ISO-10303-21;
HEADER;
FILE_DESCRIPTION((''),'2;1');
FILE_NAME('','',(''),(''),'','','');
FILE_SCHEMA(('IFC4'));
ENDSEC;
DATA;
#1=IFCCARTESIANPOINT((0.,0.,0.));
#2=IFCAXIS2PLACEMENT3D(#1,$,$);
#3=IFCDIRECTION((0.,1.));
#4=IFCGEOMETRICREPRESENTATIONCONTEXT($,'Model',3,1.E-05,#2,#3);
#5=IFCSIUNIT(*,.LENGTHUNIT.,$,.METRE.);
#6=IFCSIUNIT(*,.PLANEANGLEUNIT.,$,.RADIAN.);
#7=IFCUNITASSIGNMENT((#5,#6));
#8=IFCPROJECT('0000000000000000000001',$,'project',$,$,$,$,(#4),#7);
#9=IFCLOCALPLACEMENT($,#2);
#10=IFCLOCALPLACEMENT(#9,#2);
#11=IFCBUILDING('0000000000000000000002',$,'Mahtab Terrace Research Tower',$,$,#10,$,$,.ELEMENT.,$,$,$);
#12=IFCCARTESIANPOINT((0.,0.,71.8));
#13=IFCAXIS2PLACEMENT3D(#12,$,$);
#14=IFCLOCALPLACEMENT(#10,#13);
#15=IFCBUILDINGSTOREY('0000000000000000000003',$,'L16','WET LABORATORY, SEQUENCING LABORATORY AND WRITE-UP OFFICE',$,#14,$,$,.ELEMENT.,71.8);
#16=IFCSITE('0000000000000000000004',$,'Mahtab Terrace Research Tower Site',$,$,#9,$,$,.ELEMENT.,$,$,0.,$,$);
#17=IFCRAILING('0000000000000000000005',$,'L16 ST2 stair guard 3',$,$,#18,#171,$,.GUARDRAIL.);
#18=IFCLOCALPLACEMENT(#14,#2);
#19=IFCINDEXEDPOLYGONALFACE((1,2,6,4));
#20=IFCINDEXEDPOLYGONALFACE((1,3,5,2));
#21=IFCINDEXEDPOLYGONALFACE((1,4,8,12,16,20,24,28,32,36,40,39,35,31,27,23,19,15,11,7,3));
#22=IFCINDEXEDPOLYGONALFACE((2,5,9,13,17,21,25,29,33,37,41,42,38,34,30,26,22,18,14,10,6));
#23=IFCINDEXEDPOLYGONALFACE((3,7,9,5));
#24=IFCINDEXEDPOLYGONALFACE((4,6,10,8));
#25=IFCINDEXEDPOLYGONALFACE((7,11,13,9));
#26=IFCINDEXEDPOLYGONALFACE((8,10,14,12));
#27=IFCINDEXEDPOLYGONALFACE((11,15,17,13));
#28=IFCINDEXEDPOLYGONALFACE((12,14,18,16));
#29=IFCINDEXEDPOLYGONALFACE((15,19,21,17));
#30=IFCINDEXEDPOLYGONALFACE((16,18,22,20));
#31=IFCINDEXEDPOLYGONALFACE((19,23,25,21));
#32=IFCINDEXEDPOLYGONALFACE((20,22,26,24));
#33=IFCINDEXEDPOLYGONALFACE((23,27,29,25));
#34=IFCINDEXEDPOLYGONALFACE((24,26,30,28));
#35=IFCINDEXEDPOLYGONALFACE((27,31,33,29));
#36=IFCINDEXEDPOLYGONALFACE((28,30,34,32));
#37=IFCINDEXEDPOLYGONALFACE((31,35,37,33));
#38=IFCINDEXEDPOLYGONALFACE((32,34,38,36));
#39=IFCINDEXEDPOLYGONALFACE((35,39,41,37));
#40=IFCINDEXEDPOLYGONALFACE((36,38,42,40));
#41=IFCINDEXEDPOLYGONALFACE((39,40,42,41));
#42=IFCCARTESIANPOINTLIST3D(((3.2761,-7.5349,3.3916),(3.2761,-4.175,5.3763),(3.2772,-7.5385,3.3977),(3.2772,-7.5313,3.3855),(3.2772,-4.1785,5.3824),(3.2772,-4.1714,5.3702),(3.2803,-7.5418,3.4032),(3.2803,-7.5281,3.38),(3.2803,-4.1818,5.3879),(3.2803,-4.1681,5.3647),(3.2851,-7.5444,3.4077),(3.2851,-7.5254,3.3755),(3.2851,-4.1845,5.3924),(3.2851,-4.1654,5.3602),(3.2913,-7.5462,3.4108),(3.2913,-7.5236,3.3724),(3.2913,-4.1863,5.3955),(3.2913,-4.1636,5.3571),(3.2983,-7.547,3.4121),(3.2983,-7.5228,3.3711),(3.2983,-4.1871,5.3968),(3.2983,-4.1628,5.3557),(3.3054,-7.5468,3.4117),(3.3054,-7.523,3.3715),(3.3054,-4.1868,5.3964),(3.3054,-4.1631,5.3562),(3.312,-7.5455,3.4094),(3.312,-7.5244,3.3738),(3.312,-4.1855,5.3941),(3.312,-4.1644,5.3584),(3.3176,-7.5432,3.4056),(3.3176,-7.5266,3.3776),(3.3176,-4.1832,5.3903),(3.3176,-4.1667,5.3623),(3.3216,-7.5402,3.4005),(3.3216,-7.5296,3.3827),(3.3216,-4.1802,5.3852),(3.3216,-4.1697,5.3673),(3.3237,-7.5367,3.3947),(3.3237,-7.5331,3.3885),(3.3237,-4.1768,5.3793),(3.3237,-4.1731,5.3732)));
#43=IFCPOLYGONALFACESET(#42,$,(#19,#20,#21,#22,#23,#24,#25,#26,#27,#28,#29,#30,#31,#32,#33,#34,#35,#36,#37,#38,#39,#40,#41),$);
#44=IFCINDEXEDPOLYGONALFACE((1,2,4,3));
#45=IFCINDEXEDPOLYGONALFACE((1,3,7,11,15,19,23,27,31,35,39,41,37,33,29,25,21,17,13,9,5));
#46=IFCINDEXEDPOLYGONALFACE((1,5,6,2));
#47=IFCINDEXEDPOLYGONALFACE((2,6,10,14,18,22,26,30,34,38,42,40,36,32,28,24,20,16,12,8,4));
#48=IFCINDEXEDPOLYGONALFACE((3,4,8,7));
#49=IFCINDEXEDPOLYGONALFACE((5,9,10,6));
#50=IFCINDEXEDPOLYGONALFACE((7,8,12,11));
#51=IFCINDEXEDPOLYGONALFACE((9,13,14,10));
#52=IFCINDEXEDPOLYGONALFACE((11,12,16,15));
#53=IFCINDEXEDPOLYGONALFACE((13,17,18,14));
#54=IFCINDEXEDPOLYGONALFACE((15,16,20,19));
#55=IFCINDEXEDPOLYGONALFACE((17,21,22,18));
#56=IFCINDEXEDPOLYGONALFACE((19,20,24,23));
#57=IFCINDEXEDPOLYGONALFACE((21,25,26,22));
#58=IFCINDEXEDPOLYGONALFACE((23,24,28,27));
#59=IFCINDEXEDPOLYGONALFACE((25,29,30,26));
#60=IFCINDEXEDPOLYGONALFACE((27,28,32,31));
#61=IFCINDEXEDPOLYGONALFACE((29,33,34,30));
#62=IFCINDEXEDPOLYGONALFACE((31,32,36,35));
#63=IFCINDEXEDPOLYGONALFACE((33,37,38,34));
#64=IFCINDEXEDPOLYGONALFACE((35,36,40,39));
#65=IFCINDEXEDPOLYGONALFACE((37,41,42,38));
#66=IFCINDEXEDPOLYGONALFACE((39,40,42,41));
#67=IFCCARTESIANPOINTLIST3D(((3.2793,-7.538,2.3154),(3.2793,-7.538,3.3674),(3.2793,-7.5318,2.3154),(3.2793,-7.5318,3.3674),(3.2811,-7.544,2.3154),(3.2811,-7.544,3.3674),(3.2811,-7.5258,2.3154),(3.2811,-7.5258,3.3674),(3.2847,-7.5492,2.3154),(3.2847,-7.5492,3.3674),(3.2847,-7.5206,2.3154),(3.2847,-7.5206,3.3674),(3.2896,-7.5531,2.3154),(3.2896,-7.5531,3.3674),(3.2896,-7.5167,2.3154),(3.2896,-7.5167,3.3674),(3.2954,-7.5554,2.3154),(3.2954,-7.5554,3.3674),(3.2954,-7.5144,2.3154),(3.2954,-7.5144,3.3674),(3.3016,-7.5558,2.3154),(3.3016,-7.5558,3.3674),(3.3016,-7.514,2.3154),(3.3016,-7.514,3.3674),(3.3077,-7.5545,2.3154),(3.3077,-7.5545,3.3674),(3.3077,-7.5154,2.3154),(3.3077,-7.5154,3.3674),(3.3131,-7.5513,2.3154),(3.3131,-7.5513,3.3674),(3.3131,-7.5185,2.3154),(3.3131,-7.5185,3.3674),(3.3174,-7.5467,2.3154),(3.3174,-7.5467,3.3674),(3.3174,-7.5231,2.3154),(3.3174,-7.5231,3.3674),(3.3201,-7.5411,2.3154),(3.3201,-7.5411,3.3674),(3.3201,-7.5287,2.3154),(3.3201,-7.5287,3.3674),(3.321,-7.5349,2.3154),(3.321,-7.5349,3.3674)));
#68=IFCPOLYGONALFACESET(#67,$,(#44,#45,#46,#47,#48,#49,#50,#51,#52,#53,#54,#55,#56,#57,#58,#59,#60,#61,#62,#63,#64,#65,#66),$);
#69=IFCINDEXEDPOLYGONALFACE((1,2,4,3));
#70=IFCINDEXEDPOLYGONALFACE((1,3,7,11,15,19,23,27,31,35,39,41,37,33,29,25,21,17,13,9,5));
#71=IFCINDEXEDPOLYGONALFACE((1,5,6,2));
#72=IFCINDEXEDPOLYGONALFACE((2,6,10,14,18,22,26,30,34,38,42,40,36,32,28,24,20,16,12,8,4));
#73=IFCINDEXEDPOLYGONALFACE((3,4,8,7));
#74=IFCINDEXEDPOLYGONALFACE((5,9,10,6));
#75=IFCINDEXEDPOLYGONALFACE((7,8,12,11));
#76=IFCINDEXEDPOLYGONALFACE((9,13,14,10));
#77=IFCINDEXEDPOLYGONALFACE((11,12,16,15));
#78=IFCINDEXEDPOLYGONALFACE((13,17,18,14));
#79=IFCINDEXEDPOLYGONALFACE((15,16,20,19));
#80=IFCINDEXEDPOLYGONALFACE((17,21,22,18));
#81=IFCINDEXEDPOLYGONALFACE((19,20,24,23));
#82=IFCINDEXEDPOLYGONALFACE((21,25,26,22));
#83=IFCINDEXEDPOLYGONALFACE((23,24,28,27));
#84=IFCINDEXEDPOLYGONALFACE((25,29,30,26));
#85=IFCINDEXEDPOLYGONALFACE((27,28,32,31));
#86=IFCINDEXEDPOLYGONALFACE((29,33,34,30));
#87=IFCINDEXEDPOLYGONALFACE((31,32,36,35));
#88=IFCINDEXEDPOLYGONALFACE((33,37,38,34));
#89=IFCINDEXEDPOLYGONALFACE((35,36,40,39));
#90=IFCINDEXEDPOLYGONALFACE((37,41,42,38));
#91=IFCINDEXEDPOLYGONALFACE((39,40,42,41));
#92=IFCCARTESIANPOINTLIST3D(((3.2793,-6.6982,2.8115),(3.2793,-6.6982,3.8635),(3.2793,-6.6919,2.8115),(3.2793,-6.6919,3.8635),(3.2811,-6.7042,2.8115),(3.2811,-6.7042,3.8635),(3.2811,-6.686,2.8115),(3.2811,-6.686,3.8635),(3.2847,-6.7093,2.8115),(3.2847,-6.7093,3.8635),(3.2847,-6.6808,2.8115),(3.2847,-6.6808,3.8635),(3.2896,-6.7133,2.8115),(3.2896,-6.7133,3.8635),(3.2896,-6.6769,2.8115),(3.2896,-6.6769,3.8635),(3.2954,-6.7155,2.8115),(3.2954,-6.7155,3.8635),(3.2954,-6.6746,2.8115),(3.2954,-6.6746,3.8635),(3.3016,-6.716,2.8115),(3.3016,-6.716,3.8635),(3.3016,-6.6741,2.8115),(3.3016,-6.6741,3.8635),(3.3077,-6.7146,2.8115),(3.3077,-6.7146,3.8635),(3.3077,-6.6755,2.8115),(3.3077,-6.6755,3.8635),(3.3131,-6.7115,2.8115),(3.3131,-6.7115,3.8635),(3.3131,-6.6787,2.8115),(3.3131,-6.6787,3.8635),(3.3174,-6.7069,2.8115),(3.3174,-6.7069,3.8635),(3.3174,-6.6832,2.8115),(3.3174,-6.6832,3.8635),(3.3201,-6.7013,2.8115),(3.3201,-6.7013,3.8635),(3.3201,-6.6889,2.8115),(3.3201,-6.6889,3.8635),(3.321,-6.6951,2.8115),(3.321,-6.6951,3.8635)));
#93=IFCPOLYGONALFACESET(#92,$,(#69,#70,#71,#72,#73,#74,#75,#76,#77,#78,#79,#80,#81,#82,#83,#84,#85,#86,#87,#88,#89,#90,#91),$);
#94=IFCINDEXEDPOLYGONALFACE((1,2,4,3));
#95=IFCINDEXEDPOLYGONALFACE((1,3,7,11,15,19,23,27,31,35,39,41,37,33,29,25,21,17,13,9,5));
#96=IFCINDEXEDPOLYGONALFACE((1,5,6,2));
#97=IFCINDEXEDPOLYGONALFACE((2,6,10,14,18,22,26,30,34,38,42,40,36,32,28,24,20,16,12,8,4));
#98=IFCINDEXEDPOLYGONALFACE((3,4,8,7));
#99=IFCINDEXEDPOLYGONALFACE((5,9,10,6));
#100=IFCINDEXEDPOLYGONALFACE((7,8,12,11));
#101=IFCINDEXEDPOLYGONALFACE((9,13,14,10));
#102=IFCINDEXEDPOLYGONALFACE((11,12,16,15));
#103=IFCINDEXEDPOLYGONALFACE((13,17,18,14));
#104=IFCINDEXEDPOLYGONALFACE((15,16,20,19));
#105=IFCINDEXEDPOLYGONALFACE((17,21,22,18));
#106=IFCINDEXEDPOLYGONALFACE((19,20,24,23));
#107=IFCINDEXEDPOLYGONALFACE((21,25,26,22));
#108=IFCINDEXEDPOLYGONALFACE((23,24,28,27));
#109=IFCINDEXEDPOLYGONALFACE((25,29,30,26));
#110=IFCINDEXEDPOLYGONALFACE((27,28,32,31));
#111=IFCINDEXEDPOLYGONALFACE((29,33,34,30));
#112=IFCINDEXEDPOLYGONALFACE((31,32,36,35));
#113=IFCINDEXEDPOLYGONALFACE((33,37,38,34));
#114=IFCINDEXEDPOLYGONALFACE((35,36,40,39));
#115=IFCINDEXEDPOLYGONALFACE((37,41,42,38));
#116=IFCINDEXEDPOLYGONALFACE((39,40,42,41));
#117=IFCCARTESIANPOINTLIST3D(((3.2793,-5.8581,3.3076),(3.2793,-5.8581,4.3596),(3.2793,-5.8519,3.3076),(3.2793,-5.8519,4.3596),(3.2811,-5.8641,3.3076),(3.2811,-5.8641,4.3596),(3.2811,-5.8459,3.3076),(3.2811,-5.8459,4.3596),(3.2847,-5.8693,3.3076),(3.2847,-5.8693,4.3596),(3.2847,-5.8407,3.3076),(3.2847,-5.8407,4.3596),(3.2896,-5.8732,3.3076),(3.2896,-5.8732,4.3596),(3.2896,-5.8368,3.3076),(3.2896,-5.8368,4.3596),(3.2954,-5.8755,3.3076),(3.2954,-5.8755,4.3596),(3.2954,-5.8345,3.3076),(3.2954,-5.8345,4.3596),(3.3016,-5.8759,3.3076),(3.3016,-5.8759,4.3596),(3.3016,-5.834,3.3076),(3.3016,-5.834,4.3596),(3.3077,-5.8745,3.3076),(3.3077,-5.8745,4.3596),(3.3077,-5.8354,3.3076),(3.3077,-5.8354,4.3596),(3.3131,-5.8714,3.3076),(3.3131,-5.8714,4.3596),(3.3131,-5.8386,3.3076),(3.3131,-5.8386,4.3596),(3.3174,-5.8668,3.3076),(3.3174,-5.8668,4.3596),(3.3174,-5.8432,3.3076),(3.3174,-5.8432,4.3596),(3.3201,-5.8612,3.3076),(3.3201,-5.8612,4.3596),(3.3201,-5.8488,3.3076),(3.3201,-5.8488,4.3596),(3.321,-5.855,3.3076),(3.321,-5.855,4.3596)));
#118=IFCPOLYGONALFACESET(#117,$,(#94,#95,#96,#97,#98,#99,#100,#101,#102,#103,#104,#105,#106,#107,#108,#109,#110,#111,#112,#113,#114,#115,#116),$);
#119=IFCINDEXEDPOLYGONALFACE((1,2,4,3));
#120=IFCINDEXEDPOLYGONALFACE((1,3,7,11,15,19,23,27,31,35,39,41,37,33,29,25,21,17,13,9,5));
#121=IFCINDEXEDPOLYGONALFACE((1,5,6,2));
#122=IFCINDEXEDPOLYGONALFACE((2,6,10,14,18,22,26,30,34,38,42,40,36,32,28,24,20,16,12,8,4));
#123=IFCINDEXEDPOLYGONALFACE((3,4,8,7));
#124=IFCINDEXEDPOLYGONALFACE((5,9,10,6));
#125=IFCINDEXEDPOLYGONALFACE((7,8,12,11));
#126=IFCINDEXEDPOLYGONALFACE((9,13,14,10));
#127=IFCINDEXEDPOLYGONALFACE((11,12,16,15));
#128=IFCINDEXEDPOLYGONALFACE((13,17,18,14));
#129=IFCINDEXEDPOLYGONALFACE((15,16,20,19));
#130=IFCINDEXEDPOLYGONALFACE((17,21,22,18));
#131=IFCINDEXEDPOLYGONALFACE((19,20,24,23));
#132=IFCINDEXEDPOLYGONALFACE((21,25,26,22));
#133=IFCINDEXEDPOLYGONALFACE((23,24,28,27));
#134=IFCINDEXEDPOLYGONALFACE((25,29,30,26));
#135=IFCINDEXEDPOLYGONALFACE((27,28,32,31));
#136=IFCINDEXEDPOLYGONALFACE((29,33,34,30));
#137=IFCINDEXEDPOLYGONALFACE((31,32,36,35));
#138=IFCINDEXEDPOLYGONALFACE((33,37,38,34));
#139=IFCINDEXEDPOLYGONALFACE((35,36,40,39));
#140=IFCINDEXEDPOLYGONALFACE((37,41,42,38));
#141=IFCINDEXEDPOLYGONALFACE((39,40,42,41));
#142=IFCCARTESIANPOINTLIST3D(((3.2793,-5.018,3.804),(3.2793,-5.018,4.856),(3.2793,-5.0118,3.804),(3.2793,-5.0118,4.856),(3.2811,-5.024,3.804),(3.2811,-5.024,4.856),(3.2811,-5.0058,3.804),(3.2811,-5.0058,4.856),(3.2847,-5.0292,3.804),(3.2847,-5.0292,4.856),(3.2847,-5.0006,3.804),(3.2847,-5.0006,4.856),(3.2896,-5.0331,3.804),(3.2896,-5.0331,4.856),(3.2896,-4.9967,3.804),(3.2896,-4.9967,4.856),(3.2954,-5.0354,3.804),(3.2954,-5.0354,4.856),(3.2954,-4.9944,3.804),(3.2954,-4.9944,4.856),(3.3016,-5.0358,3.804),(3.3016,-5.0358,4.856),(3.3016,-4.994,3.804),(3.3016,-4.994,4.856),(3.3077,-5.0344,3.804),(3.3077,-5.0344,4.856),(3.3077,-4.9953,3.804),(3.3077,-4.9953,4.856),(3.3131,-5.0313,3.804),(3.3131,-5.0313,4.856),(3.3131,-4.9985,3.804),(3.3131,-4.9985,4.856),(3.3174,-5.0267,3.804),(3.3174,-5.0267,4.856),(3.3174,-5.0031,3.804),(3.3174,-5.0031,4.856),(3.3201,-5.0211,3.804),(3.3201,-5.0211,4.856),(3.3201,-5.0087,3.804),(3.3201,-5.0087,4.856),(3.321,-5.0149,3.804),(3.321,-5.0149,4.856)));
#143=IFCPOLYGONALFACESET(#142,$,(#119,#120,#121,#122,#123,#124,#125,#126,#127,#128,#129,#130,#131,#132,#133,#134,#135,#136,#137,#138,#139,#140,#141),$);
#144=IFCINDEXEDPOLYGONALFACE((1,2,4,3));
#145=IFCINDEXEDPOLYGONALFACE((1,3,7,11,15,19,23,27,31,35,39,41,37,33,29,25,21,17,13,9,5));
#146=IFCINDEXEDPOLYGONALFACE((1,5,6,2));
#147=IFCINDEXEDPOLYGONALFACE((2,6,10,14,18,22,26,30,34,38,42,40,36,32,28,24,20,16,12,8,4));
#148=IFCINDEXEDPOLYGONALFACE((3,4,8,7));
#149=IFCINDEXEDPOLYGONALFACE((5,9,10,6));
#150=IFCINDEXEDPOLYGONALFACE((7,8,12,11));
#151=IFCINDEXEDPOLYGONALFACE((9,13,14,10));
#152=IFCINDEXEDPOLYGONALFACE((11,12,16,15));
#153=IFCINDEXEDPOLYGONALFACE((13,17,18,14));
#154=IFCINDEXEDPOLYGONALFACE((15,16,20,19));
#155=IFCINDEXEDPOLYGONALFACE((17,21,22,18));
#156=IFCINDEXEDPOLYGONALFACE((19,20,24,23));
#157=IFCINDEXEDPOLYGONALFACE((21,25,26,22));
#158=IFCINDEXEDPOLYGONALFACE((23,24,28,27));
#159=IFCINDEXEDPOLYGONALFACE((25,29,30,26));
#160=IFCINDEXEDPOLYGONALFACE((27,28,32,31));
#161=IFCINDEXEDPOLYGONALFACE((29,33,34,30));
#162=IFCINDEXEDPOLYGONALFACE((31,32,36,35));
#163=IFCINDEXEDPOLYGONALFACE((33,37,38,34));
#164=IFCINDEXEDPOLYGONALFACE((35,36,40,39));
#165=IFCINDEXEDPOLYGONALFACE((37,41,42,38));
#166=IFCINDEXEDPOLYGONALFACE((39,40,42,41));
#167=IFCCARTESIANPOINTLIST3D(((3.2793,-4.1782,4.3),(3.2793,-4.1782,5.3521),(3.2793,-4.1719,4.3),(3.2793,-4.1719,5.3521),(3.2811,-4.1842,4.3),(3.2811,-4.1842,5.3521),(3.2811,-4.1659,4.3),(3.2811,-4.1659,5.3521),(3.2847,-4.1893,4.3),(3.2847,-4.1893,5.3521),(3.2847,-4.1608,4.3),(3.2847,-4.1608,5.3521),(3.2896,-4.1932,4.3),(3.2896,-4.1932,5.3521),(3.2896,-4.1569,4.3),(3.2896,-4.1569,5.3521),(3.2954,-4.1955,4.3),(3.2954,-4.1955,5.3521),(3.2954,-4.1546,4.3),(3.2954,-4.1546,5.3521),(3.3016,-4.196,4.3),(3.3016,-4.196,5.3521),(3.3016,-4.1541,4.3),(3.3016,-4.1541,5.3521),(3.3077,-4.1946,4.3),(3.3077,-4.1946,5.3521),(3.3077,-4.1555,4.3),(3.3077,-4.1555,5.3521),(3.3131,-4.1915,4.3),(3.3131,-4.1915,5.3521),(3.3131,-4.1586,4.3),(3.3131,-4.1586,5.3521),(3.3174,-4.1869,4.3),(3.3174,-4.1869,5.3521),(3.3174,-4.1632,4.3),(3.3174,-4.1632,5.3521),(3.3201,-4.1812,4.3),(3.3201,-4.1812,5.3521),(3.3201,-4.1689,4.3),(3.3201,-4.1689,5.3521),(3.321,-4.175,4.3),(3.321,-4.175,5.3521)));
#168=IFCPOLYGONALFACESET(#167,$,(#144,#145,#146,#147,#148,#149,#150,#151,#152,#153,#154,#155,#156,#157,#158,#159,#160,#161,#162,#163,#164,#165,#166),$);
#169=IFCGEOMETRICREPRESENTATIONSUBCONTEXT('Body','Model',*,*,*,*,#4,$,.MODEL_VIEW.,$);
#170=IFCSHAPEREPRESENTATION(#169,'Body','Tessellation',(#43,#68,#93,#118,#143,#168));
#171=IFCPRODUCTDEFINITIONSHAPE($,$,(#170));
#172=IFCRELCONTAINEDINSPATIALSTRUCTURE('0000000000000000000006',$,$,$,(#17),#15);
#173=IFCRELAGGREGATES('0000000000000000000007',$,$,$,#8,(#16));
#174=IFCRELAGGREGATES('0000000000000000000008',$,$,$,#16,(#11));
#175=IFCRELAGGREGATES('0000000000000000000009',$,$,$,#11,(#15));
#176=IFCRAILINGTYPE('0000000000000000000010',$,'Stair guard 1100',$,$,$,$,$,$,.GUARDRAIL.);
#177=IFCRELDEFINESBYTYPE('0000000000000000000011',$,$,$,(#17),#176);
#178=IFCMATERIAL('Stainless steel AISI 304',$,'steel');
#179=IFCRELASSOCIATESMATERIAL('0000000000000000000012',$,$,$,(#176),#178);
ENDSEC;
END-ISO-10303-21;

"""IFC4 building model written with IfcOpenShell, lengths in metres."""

from ifc_helpers import new_model, si_unit, direction, frame, origin, origin_2d, place, context, subcontext, project, spatial, circle, extrude, material, type_object, element, save


model = new_model("IFC4")

# Units and contexts
model_context = context("Model", 3, precision=1e-05, world=origin(), true_north=direction((0.0, 1.0)))
body_context = subcontext(model_context, "Body", "Model", "MODEL_VIEW")
ifc_project = project(units=[si_unit("LENGTHUNIT", "METRE"), si_unit("PLANEANGLEUNIT", "RADIAN")], contexts=[model_context])

# Site, building, storey
site_placement = place(None, origin())
site = spatial("IfcSite", under=ifc_project, at=site_placement, Name="Mahtab Terrace Research Tower Site", CompositionType="ELEMENT", RefElevation=0.0)
building_placement = place(site_placement, origin())
building = spatial("IfcBuilding", under=site, at=building_placement, Name="Mahtab Terrace Research Tower", CompositionType="ELEMENT")
storey_placement = place(building_placement, frame((0.0, 0.0, 71.8)))
storey = spatial("IfcBuildingStorey", under=building, at=storey_placement, Name="L16", Description="WET LABORATORY, SEQUENCING LABORATORY AND WRITE-UP OFFICE", CompositionType="ELEMENT", Elevation=71.8)

# Railing
ifc_material_1 = material(Name="Stainless steel AISI 304", Category="steel")
railing_type_1 = type_object("IfcRailingType", Name="Stair guard 1100", PredefinedType="GUARDRAIL", material=ifc_material_1)
railing_1_placement = place(storey_placement, frame((3.3, -7.5349, 2.3154)))
element("IfcRailing", 1, at=railing_1_placement, inside=storey, type_object=railing_type_1, Name="L16 ST2 stair guard 3", PredefinedType="GUARDRAIL", context=body_context, shape_type="SweptSolid", body=[
    extrude(circle(Radius=0.0239, at=origin_2d()), frame((0.0, 0.0, 1.0762), z_axis=(0.0, 0.861011, 0.508586), x_axis=(-1.0, 0.0, 0.0)), (0.0, 0.0, 1.0), 3.9023),
    extrude(circle(Radius=0.021, at=origin_2d()), origin(), (0.0, 0.0, 1.0), 1.052),
    extrude(circle(Radius=0.021, at=origin_2d()), frame((0.0, 0.8398, 0.4961)), (0.0, 0.0, 1.0), 1.052),
    extrude(circle(Radius=0.021, at=origin_2d()), frame((0.0, 1.6799, 0.9922)), (0.0, 0.0, 1.0), 1.052),
    extrude(circle(Radius=0.021, at=origin_2d()), frame((0.0, 2.52, 1.4885)), (0.0, 0.0, 1.0), 1.052),
    extrude(circle(Radius=0.021, at=origin_2d()), frame((0.0, 3.3599, 1.9846)), (0.0, 0.0, 1.0), 1.052),
])

save(model, "model.ifc")
